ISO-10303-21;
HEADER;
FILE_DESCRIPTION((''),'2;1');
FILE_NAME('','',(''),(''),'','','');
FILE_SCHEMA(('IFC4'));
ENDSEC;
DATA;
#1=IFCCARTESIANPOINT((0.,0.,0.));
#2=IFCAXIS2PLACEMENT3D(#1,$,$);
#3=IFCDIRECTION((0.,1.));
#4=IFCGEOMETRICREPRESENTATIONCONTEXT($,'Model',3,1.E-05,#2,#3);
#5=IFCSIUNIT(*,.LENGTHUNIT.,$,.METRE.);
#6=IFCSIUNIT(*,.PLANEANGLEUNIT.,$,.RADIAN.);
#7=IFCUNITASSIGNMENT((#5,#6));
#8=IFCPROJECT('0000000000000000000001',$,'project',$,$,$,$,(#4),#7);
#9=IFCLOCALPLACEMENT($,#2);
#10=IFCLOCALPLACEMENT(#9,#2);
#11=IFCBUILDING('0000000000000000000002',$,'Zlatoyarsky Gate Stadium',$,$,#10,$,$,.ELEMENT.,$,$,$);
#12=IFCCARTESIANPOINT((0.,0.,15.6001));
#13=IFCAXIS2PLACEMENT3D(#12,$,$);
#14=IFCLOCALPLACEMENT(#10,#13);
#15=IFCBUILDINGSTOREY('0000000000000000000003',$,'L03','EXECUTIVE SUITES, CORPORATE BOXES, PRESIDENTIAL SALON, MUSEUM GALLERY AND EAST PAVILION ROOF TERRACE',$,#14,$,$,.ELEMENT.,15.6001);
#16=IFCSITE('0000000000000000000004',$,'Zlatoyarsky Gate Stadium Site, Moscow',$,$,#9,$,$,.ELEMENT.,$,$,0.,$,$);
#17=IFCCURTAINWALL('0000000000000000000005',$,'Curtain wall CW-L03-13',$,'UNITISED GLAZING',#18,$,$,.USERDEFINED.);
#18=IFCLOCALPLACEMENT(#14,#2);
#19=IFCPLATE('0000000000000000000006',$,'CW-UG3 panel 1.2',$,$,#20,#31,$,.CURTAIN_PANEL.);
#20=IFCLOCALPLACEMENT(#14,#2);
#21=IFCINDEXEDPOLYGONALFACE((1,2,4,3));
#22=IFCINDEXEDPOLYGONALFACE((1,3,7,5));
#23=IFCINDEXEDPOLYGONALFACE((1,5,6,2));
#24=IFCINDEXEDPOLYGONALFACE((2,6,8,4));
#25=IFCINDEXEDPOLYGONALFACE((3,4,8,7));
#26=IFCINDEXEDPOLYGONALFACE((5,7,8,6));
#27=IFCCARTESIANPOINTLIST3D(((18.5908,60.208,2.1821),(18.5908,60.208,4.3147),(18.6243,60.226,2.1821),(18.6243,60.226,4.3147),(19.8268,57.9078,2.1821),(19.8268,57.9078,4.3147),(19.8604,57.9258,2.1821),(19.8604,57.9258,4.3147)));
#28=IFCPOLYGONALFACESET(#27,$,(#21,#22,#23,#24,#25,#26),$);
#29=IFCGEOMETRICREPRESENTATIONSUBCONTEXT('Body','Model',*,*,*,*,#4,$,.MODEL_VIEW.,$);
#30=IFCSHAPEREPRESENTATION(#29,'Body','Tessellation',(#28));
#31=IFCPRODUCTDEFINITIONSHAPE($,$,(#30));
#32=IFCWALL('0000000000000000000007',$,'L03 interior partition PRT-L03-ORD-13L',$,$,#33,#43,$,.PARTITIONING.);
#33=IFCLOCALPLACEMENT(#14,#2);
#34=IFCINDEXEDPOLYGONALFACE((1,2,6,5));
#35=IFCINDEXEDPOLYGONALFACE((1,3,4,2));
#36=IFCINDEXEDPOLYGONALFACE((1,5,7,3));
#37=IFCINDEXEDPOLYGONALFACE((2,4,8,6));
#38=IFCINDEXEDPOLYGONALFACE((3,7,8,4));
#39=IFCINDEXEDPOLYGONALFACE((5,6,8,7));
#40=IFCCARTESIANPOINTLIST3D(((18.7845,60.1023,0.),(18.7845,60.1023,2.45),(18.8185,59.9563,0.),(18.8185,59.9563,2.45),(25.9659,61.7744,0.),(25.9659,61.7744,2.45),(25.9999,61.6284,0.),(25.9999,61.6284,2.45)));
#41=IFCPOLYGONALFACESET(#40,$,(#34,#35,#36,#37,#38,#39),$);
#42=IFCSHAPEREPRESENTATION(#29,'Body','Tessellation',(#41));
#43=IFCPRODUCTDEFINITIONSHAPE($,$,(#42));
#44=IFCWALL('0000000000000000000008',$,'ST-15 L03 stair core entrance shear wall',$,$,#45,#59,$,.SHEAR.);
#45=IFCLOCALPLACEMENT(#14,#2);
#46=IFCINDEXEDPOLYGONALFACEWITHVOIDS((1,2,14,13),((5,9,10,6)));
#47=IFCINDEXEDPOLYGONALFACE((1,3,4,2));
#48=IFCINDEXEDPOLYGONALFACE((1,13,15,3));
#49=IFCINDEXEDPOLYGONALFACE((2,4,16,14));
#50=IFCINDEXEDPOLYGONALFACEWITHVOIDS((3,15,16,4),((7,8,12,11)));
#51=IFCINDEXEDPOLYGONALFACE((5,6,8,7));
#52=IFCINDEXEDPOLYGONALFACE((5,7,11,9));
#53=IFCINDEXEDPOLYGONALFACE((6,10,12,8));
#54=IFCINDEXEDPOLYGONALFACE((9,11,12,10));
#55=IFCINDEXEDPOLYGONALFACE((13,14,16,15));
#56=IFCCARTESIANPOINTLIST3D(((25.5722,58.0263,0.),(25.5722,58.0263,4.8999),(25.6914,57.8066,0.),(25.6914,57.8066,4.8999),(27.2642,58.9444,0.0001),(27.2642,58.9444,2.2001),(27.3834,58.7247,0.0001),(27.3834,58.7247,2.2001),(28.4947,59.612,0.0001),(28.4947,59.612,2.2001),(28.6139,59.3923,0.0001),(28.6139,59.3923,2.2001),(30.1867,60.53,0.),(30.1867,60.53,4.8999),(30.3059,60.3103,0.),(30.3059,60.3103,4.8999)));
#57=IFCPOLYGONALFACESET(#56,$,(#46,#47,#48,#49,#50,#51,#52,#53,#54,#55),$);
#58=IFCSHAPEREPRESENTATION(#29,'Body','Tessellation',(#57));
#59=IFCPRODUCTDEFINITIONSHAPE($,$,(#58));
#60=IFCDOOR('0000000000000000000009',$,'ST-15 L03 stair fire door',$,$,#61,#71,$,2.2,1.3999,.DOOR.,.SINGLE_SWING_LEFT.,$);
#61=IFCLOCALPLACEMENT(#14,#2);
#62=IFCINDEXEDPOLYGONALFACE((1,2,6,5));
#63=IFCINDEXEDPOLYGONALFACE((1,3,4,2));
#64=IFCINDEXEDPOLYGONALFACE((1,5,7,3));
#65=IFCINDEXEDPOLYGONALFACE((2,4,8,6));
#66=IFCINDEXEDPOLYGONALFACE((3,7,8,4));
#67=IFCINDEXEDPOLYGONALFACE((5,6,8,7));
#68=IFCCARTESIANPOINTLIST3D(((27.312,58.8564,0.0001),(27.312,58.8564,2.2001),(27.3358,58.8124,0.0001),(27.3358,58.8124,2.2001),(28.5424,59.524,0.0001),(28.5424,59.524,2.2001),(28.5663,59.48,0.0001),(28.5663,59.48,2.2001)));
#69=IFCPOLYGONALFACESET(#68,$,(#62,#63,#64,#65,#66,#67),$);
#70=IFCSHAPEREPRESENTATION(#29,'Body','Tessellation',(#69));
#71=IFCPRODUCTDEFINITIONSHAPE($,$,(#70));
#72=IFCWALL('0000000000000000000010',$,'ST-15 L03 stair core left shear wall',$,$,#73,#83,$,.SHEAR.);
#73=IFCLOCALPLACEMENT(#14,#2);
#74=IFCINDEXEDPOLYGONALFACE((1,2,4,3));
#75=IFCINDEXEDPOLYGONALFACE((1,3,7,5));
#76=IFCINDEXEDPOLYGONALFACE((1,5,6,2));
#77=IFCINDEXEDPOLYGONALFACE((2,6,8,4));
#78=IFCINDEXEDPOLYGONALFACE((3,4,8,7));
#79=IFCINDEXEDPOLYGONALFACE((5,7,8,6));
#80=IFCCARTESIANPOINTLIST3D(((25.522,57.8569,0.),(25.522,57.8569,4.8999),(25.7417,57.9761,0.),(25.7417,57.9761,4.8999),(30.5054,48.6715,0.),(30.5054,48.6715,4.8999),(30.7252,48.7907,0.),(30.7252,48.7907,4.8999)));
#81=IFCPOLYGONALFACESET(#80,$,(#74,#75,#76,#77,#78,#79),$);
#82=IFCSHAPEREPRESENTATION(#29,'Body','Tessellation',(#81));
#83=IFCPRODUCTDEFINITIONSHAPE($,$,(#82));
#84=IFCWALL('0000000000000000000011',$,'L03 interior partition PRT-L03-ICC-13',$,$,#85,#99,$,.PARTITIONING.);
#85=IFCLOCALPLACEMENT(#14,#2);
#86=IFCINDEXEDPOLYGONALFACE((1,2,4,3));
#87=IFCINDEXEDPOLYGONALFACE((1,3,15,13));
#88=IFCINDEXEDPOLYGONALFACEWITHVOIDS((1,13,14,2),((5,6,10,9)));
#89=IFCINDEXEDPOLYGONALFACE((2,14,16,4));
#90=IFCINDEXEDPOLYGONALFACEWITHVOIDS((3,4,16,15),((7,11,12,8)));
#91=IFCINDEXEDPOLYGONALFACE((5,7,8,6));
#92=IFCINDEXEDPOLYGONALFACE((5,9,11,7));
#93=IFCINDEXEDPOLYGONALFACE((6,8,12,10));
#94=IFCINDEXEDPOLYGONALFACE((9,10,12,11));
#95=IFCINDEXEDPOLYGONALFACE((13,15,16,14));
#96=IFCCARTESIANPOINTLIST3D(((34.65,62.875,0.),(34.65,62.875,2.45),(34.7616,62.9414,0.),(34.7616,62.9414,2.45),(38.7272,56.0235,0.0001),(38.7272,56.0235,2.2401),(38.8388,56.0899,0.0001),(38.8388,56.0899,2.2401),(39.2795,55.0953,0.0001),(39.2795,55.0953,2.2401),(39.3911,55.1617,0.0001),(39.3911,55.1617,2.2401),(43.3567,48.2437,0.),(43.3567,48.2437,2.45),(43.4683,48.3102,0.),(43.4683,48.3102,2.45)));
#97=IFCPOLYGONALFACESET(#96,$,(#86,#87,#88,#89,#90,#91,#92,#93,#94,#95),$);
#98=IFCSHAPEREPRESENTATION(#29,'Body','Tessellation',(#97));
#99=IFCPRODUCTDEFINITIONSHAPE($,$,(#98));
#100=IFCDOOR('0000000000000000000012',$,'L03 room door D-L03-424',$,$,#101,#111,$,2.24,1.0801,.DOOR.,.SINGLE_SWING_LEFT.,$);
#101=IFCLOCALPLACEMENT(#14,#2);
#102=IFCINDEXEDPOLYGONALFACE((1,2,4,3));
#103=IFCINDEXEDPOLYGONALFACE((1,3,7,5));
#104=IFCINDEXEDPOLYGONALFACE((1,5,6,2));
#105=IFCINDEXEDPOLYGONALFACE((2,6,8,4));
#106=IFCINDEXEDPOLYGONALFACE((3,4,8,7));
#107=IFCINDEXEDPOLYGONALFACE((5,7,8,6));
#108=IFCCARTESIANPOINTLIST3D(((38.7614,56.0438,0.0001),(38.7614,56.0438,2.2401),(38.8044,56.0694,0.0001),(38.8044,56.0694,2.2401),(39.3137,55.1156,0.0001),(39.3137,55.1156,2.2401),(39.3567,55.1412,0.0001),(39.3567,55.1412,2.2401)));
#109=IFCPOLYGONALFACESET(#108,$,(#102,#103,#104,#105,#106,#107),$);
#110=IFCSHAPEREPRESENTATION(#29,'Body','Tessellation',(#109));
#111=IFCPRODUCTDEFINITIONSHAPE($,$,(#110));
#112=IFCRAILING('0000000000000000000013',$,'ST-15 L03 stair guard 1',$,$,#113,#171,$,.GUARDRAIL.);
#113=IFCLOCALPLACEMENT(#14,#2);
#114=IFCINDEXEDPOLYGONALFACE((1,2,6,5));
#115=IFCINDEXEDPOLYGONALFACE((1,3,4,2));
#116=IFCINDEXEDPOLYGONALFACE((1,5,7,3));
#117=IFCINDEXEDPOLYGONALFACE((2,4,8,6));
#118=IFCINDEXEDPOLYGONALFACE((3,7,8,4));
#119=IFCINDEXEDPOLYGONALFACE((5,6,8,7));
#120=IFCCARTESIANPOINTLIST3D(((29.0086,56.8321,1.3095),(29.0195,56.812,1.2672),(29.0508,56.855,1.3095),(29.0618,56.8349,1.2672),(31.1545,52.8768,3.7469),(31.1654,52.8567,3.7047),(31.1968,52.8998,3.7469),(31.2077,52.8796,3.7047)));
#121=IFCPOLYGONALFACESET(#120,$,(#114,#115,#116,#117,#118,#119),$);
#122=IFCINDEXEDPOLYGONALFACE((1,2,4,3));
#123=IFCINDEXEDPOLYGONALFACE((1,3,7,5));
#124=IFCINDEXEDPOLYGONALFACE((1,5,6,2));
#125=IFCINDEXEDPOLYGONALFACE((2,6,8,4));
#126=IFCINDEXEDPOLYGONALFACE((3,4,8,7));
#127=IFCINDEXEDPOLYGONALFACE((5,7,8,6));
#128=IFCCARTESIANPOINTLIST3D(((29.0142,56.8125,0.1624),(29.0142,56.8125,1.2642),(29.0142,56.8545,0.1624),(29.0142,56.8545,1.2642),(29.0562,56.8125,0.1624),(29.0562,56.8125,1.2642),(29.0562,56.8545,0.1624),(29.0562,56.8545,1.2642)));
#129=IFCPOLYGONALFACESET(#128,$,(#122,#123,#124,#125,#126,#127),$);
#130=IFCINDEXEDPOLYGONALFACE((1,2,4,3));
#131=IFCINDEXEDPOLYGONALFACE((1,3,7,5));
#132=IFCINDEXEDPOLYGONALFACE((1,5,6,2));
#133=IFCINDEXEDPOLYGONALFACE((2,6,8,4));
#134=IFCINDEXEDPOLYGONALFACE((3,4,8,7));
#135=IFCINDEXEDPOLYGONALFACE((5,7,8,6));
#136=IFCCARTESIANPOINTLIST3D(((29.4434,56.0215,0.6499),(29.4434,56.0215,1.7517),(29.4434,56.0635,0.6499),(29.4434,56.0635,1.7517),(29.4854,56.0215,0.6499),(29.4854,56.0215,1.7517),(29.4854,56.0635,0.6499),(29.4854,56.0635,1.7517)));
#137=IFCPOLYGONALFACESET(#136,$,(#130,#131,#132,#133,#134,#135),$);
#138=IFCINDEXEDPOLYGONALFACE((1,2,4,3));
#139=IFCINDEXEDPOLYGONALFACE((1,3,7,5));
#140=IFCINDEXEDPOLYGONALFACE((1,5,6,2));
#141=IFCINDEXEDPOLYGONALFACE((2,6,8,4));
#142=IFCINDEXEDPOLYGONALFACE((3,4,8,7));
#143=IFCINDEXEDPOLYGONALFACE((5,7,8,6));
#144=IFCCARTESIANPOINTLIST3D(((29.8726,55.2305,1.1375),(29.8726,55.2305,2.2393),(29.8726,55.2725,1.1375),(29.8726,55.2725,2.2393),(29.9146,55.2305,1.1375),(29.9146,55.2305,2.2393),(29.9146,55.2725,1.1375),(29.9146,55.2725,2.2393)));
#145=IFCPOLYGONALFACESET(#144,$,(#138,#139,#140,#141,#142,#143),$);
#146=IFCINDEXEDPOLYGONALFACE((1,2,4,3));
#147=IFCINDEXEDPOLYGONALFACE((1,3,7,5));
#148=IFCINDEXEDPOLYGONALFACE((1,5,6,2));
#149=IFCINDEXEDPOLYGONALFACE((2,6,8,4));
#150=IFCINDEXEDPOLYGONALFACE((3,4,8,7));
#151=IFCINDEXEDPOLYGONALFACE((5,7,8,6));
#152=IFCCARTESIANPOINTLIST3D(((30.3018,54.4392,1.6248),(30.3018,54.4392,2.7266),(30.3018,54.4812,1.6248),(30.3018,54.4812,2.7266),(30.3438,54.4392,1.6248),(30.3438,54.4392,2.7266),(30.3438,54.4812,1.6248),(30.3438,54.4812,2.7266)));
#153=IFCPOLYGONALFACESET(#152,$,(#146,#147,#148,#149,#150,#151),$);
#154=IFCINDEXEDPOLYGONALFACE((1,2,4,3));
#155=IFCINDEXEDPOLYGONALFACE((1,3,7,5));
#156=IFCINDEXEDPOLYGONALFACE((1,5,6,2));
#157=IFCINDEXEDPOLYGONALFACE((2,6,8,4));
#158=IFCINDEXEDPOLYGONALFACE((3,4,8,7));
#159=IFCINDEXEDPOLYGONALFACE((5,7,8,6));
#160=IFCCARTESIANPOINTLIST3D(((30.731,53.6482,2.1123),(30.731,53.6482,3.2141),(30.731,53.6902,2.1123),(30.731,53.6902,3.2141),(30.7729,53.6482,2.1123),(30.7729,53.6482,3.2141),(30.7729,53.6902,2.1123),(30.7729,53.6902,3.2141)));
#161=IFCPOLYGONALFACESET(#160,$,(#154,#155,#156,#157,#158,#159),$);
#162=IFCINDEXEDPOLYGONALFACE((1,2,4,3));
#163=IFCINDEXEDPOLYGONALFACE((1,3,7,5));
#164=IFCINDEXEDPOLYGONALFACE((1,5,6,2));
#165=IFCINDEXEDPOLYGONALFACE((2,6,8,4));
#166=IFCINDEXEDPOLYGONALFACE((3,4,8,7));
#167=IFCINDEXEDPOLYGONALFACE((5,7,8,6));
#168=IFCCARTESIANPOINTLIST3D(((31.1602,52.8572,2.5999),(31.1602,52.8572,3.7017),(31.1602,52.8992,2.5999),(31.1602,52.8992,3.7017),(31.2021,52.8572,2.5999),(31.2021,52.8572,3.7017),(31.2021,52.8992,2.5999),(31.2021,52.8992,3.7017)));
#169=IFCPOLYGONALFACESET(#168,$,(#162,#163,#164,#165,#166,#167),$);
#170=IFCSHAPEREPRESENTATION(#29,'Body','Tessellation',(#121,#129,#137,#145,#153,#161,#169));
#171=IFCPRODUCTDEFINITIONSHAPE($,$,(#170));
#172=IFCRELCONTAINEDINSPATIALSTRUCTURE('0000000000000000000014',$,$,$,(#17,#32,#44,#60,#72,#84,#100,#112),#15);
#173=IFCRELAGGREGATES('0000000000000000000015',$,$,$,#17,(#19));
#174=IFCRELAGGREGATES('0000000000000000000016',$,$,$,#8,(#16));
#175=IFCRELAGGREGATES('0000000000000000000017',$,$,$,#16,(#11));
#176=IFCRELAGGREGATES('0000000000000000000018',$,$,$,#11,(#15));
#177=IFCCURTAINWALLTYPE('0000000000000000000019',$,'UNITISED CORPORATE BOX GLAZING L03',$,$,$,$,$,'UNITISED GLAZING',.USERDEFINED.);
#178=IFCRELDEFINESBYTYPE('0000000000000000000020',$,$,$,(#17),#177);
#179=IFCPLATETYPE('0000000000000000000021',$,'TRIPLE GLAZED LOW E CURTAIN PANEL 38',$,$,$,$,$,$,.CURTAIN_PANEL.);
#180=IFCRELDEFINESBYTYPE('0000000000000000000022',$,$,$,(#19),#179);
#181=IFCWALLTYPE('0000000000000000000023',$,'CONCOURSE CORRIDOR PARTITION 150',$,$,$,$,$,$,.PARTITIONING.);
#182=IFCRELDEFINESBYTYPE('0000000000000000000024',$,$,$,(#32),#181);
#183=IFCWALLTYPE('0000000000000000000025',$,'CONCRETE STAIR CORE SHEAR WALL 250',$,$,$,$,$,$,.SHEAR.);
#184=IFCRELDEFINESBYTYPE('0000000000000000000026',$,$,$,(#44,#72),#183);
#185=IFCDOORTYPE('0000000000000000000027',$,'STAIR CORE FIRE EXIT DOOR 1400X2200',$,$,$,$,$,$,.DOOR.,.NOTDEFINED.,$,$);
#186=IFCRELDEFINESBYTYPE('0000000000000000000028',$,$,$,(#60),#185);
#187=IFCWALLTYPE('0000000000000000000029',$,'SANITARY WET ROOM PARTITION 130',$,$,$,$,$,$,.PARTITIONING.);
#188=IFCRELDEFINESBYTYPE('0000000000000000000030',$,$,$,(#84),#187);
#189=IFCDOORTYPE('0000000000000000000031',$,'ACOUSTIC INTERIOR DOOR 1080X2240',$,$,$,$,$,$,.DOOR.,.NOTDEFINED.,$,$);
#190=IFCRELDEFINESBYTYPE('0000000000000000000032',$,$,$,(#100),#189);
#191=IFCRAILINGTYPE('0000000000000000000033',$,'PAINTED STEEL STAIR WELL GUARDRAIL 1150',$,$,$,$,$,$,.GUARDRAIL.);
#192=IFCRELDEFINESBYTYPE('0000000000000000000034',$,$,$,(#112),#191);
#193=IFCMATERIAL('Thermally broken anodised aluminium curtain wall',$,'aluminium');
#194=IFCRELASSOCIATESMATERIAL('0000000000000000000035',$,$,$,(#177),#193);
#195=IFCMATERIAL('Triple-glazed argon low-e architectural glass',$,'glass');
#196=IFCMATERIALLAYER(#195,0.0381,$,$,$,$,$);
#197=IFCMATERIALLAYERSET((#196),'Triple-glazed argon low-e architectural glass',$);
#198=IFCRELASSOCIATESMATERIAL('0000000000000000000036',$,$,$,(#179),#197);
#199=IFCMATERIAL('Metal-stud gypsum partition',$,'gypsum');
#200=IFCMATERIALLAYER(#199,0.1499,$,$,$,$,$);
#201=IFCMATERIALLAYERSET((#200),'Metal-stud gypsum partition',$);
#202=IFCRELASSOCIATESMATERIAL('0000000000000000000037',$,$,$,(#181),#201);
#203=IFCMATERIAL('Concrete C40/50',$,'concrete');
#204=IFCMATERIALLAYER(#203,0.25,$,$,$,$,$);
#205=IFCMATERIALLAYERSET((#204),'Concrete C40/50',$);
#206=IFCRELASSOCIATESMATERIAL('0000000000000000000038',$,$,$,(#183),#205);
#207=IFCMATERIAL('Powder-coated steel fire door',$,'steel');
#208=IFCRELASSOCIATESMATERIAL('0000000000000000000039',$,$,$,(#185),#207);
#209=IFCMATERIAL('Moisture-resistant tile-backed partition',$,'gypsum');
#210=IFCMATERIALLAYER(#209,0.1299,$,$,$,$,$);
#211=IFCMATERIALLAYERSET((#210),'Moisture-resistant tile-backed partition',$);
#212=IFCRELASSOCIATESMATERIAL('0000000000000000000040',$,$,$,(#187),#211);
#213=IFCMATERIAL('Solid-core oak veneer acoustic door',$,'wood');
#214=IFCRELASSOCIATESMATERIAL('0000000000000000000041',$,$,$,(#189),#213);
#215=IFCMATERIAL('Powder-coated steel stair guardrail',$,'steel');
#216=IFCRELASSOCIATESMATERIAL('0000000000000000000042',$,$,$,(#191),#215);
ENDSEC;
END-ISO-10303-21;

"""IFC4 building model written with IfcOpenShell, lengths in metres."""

from ifc_helpers import new_model, si_unit, direction, frame, frame_2d, origin, origin_2d, place, context, subcontext, project, spatial, rectangle, extrude, material, layer, layer_set, type_object, element, fill, aggregate, save


model = new_model("IFC4")

# Units and contexts
model_context = context("Model", 3, precision=1e-05, world=origin(), true_north=direction((0.0, 1.0)))
body_context = subcontext(model_context, "Body", "Model", "MODEL_VIEW")
ifc_project = project(units=[si_unit("LENGTHUNIT", "METRE"), si_unit("PLANEANGLEUNIT", "RADIAN")], contexts=[model_context])

# Site, building, storey
site_placement = place(None, origin())
site = spatial("IfcSite", under=ifc_project, at=site_placement, Name="Zlatoyarsky Gate Stadium Site, Moscow", CompositionType="ELEMENT", RefElevation=0.0)
building_placement = place(site_placement, origin())
building = spatial("IfcBuilding", under=site, at=building_placement, Name="Zlatoyarsky Gate Stadium", CompositionType="ELEMENT")
storey_placement = place(building_placement, frame((0.0, 0.0, 15.6001)))
storey = spatial("IfcBuildingStorey", under=building, at=storey_placement, Name="L03", Description="EXECUTIVE SUITES, CORPORATE BOXES, PRESIDENTIAL SALON, MUSEUM GALLERY AND EAST PAVILION ROOF TERRACE", CompositionType="ELEMENT", Elevation=15.6001)

# Shared definitions
ifc_material_1 = material(Name="Thermally broken anodised aluminium curtain wall", Category="aluminium")

# Curtain wall
curtain_wall_type_1 = type_object("IfcCurtainWallType", Name="UNITISED CORPORATE BOX GLAZING L03", ElementType="UNITISED GLAZING", PredefinedType="USERDEFINED", material=ifc_material_1)
curtain_wall_1_placement = place(storey_placement, origin())
curtain_wall_1 = element("IfcCurtainWall", 1, at=curtain_wall_1_placement, inside=storey, type_object=curtain_wall_type_1, Name="Curtain wall CW-L03-13", ObjectType="UNITISED GLAZING", PredefinedType="USERDEFINED")

# Plate
ifc_material_2 = material(Name="Triple-glazed argon low-e architectural glass", Category="glass")
ifc_layer_1 = layer(ifc_material_2, 0.0381)
ifc_layer_set_1 = layer_set([ifc_layer_1], Name="Triple-glazed argon low-e architectural glass")
plate_type_1 = type_object("IfcPlateType", Name="TRIPLE GLAZED LOW E CURTAIN PANEL 38", PredefinedType="CURTAIN_PANEL", material=ifc_layer_set_1)
plate_1_placement = place(storey_placement, frame((19.2256, 59.0669, 2.1821), z_axis=(0.0, 0.0, 1.0), x_axis=(0.473345, -0.880877, 0.0)))
plate_1 = element("IfcPlate", 2, at=plate_1_placement, type_object=plate_type_1, Name="CW-UG3 panel 1.2", PredefinedType="CURTAIN_PANEL", context=body_context, shape_type="SweptSolid", body=[
    extrude(rectangle(XDim=2.6113, YDim=0.0381, at=origin_2d()), origin(), (0.0, 0.0, 1.0), 2.1326),
])
aggregate(curtain_wall_1, [plate_1])

# Wall
ifc_material_3 = material(Name="Metal-stud gypsum partition", Category="gypsum")
ifc_layer_2 = layer(ifc_material_3, 0.1499)
ifc_layer_set_2 = layer_set([ifc_layer_2], Name="Metal-stud gypsum partition")
wall_type_1 = type_object("IfcWallType", Name="CONCOURSE CORRIDOR PARTITION 150", PredefinedType="PARTITIONING", material=ifc_layer_set_2)
wall_1_placement = place(storey_placement, frame((25.9829, 61.7014, 0.0), z_axis=(0.0, 0.0, 1.0), x_axis=(-0.973947, -0.226774, 0.0)))
element("IfcWall", 3, at=wall_1_placement, inside=storey, type_object=wall_type_1, Name="L03 interior partition PRT-L03-ORD-13L", PredefinedType="PARTITIONING", context=body_context, shape_type="SweptSolid", body=[
    extrude(rectangle(XDim=7.3735, YDim=0.1499, at=frame_2d((3.6868, 0.0))), origin(), (0.0, 0.0, 1.0), 2.45),
])

# Wall, opening, door
ifc_material_4 = material(Name="Concrete C40/50", Category="concrete")
ifc_layer_3 = layer(ifc_material_4, 0.25)
ifc_layer_set_3 = layer_set([ifc_layer_3], Name="Concrete C40/50")
wall_type_2 = type_object("IfcWallType", Name="CONCRETE STAIR CORE SHEAR WALL 250", PredefinedType="SHEAR", material=ifc_layer_set_3)
wall_2_placement = place(storey_placement, frame((30.2463, 60.4202, 0.0), z_axis=(0.0, 0.0, 1.0), x_axis=(-0.878961, -0.476893, 0.0)))
wall_2 = element("IfcWall", 4, at=wall_2_placement, inside=storey, type_object=wall_type_2, Name="ST-15 L03 stair core entrance shear wall", PredefinedType="SHEAR", context=body_context, shape_type="SweptSolid", body=[
    extrude(rectangle(XDim=5.25, YDim=0.25, at=frame_2d((2.625, 0.0))), origin(), (0.0, 0.0, 1.0), 4.8999),
])
opening_1_placement = place(wall_2_placement, frame((1.925, 0.0, 0.0)))
opening_1 = element("IfcOpeningElement", 5, at=opening_1_placement, cuts=wall_2, PredefinedType="OPENING", context=body_context, shape_type="SweptSolid", body=[
    extrude(rectangle(XDim=1.3999, YDim=2.2, at=frame_2d((0.7, 1.1001))), frame((0.0, 0.135, 0.0), z_axis=(0.0, -1.0, 0.0), x_axis=(1.0, 0.0, 0.0)), (0.0, 0.0, 1.0), 0.27),
])
ifc_material_5 = material(Name="Powder-coated steel fire door", Category="steel")
door_type_1 = type_object("IfcDoorType", Name="STAIR CORE FIRE EXIT DOOR 1400X2200", OperationType="NOTDEFINED", PredefinedType="DOOR", material=ifc_material_5)
door_1_placement = place(opening_1_placement, frame((1.3999, 0.0, 0.0), z_axis=(0.0, 0.0, 1.0), x_axis=(-1.0, 0.0, 0.0)))
door_1 = element("IfcDoor", 6, at=door_1_placement, inside=storey, type_object=door_type_1, Name="ST-15 L03 stair fire door", OperationType="SINGLE_SWING_LEFT", OverallHeight=2.2, OverallWidth=1.3999, PredefinedType="DOOR", context=body_context, shape_type="SweptSolid", body=[
    extrude(rectangle(XDim=1.3999, YDim=2.2, at=frame_2d((0.7, 1.1001))), frame((0.0, 0.0249, 0.0), z_axis=(0.0, -1.0, 0.0), x_axis=(1.0, 0.0, 0.0)), (0.0, 0.0, 1.0), 0.05),
])
fill(opening_1, door_1)

# Wall
wall_3_placement = place(storey_placement, frame((25.6318, 57.9165, 0.0), z_axis=(0.0, 0.0, 1.0), x_axis=(0.476877, -0.87897, 0.0)))
element("IfcWall", 7, at=wall_3_placement, inside=storey, type_object=wall_type_2, Name="ST-15 L03 stair core left shear wall", PredefinedType="SHEAR", context=body_context, shape_type="SweptSolid", body=[
    extrude(rectangle(XDim=10.4502, YDim=0.25, at=frame_2d((5.2251, 0.0))), origin(), (0.0, 0.0, 1.0), 4.8999),
])

# Wall, opening, door
ifc_material_6 = material(Name="Moisture-resistant tile-backed partition", Category="gypsum")
ifc_layer_4 = layer(ifc_material_6, 0.1299)
ifc_layer_set_4 = layer_set([ifc_layer_4], Name="Moisture-resistant tile-backed partition")
wall_type_3 = type_object("IfcWallType", Name="SANITARY WET ROOM PARTITION 130", PredefinedType="PARTITIONING", material=ifc_layer_set_4)
wall_4_placement = place(storey_placement, frame((34.7058, 62.9082, 0.0), z_axis=(0.0, 0.0, 1.0), x_axis=(0.511382, -0.859354, 0.0)))
wall_4 = element("IfcWall", 8, at=wall_4_placement, inside=storey, type_object=wall_type_3, Name="L03 interior partition PRT-L03-ICC-13", PredefinedType="PARTITIONING", context=body_context, shape_type="SweptSolid", body=[
    extrude(rectangle(XDim=17.0259, YDim=0.1299, at=frame_2d((8.5129, 0.0))), origin(), (0.0, 0.0, 1.0), 2.45),
])
opening_2_placement = place(wall_4_placement, frame((7.9729, 0.0, 0.0)))
opening_2 = element("IfcOpeningElement", 9, at=opening_2_placement, cuts=wall_4, PredefinedType="OPENING", context=body_context, shape_type="SweptSolid", body=[
    extrude(rectangle(XDim=1.0801, YDim=2.24, at=frame_2d((0.54, 1.1201))), frame((0.0, 0.075, 0.0), z_axis=(0.0, -1.0, 0.0), x_axis=(1.0, 0.0, 0.0)), (0.0, 0.0, 1.0), 0.1499),
])
ifc_material_7 = material(Name="Solid-core oak veneer acoustic door", Category="wood")
door_type_2 = type_object("IfcDoorType", Name="ACOUSTIC INTERIOR DOOR 1080X2240", OperationType="NOTDEFINED", PredefinedType="DOOR", material=ifc_material_7)
door_2_placement = place(opening_2_placement, origin())
door_2 = element("IfcDoor", 10, at=door_2_placement, inside=storey, type_object=door_type_2, Name="L03 room door D-L03-424", OperationType="SINGLE_SWING_LEFT", OverallHeight=2.24, OverallWidth=1.0801, PredefinedType="DOOR", context=body_context, shape_type="SweptSolid", body=[
    extrude(rectangle(XDim=1.0801, YDim=2.24, at=frame_2d((0.54, 1.1201))), frame((0.0, 0.0249, 0.0), z_axis=(0.0, -1.0, 0.0), x_axis=(1.0, 0.0, 0.0)), (0.0, 0.0, 1.0), 0.05),
])
fill(opening_2, door_2)

# Railing
ifc_material_8 = material(Name="Powder-coated steel stair guardrail", Category="steel")
railing_type = type_object("IfcRailingType", Name="PAINTED STEEL STAIR WELL GUARDRAIL 1150", PredefinedType="GUARDRAIL", material=ifc_material_8)
railing_1_placement = place(storey_placement, frame((29.0352, 56.8335, 0.1624)))
element("IfcRailing", 11, at=railing_1_placement, inside=storey, type_object=railing_type, Name="ST-15 L03 stair guard 1", PredefinedType="GUARDRAIL", context=body_context, shape_type="SweptSolid", body=[
    extrude(rectangle(XDim=0.0481, YDim=0.0481, at=origin_2d()), frame((0.0, 0.0, 1.126), z_axis=(0.419325, -0.772865, 0.476284), x_axis=(0.878963, 0.47689, 0.0)), (0.0, 0.0, 1.0), 5.1177),
    extrude(rectangle(XDim=0.042, YDim=0.042, at=origin_2d()), origin(), (0.0, 0.0, 1.0), 1.1018),
    extrude(rectangle(XDim=0.042, YDim=0.042, at=origin_2d()), frame((0.4292, -0.791, 0.4875)), (0.0, 0.0, 1.0), 1.1018),
    extrude(rectangle(XDim=0.042, YDim=0.042, at=origin_2d()), frame((0.8584, -1.582, 0.9751)), (0.0, 0.0, 1.0), 1.1018),
    extrude(rectangle(XDim=0.042, YDim=0.042, at=origin_2d()), frame((1.2876, -2.3733, 1.4624)), (0.0, 0.0, 1.0), 1.1018),
    extrude(rectangle(XDim=0.042, YDim=0.042, at=origin_2d()), frame((1.7168, -3.1643, 1.95)), (0.0, 0.0, 1.0), 1.1018),
    extrude(rectangle(XDim=0.042, YDim=0.042, at=origin_2d()), frame((2.146, -3.9553, 2.4375)), (0.0, 0.0, 1.0), 1.1018),
])

save(model, "model.ifc")
